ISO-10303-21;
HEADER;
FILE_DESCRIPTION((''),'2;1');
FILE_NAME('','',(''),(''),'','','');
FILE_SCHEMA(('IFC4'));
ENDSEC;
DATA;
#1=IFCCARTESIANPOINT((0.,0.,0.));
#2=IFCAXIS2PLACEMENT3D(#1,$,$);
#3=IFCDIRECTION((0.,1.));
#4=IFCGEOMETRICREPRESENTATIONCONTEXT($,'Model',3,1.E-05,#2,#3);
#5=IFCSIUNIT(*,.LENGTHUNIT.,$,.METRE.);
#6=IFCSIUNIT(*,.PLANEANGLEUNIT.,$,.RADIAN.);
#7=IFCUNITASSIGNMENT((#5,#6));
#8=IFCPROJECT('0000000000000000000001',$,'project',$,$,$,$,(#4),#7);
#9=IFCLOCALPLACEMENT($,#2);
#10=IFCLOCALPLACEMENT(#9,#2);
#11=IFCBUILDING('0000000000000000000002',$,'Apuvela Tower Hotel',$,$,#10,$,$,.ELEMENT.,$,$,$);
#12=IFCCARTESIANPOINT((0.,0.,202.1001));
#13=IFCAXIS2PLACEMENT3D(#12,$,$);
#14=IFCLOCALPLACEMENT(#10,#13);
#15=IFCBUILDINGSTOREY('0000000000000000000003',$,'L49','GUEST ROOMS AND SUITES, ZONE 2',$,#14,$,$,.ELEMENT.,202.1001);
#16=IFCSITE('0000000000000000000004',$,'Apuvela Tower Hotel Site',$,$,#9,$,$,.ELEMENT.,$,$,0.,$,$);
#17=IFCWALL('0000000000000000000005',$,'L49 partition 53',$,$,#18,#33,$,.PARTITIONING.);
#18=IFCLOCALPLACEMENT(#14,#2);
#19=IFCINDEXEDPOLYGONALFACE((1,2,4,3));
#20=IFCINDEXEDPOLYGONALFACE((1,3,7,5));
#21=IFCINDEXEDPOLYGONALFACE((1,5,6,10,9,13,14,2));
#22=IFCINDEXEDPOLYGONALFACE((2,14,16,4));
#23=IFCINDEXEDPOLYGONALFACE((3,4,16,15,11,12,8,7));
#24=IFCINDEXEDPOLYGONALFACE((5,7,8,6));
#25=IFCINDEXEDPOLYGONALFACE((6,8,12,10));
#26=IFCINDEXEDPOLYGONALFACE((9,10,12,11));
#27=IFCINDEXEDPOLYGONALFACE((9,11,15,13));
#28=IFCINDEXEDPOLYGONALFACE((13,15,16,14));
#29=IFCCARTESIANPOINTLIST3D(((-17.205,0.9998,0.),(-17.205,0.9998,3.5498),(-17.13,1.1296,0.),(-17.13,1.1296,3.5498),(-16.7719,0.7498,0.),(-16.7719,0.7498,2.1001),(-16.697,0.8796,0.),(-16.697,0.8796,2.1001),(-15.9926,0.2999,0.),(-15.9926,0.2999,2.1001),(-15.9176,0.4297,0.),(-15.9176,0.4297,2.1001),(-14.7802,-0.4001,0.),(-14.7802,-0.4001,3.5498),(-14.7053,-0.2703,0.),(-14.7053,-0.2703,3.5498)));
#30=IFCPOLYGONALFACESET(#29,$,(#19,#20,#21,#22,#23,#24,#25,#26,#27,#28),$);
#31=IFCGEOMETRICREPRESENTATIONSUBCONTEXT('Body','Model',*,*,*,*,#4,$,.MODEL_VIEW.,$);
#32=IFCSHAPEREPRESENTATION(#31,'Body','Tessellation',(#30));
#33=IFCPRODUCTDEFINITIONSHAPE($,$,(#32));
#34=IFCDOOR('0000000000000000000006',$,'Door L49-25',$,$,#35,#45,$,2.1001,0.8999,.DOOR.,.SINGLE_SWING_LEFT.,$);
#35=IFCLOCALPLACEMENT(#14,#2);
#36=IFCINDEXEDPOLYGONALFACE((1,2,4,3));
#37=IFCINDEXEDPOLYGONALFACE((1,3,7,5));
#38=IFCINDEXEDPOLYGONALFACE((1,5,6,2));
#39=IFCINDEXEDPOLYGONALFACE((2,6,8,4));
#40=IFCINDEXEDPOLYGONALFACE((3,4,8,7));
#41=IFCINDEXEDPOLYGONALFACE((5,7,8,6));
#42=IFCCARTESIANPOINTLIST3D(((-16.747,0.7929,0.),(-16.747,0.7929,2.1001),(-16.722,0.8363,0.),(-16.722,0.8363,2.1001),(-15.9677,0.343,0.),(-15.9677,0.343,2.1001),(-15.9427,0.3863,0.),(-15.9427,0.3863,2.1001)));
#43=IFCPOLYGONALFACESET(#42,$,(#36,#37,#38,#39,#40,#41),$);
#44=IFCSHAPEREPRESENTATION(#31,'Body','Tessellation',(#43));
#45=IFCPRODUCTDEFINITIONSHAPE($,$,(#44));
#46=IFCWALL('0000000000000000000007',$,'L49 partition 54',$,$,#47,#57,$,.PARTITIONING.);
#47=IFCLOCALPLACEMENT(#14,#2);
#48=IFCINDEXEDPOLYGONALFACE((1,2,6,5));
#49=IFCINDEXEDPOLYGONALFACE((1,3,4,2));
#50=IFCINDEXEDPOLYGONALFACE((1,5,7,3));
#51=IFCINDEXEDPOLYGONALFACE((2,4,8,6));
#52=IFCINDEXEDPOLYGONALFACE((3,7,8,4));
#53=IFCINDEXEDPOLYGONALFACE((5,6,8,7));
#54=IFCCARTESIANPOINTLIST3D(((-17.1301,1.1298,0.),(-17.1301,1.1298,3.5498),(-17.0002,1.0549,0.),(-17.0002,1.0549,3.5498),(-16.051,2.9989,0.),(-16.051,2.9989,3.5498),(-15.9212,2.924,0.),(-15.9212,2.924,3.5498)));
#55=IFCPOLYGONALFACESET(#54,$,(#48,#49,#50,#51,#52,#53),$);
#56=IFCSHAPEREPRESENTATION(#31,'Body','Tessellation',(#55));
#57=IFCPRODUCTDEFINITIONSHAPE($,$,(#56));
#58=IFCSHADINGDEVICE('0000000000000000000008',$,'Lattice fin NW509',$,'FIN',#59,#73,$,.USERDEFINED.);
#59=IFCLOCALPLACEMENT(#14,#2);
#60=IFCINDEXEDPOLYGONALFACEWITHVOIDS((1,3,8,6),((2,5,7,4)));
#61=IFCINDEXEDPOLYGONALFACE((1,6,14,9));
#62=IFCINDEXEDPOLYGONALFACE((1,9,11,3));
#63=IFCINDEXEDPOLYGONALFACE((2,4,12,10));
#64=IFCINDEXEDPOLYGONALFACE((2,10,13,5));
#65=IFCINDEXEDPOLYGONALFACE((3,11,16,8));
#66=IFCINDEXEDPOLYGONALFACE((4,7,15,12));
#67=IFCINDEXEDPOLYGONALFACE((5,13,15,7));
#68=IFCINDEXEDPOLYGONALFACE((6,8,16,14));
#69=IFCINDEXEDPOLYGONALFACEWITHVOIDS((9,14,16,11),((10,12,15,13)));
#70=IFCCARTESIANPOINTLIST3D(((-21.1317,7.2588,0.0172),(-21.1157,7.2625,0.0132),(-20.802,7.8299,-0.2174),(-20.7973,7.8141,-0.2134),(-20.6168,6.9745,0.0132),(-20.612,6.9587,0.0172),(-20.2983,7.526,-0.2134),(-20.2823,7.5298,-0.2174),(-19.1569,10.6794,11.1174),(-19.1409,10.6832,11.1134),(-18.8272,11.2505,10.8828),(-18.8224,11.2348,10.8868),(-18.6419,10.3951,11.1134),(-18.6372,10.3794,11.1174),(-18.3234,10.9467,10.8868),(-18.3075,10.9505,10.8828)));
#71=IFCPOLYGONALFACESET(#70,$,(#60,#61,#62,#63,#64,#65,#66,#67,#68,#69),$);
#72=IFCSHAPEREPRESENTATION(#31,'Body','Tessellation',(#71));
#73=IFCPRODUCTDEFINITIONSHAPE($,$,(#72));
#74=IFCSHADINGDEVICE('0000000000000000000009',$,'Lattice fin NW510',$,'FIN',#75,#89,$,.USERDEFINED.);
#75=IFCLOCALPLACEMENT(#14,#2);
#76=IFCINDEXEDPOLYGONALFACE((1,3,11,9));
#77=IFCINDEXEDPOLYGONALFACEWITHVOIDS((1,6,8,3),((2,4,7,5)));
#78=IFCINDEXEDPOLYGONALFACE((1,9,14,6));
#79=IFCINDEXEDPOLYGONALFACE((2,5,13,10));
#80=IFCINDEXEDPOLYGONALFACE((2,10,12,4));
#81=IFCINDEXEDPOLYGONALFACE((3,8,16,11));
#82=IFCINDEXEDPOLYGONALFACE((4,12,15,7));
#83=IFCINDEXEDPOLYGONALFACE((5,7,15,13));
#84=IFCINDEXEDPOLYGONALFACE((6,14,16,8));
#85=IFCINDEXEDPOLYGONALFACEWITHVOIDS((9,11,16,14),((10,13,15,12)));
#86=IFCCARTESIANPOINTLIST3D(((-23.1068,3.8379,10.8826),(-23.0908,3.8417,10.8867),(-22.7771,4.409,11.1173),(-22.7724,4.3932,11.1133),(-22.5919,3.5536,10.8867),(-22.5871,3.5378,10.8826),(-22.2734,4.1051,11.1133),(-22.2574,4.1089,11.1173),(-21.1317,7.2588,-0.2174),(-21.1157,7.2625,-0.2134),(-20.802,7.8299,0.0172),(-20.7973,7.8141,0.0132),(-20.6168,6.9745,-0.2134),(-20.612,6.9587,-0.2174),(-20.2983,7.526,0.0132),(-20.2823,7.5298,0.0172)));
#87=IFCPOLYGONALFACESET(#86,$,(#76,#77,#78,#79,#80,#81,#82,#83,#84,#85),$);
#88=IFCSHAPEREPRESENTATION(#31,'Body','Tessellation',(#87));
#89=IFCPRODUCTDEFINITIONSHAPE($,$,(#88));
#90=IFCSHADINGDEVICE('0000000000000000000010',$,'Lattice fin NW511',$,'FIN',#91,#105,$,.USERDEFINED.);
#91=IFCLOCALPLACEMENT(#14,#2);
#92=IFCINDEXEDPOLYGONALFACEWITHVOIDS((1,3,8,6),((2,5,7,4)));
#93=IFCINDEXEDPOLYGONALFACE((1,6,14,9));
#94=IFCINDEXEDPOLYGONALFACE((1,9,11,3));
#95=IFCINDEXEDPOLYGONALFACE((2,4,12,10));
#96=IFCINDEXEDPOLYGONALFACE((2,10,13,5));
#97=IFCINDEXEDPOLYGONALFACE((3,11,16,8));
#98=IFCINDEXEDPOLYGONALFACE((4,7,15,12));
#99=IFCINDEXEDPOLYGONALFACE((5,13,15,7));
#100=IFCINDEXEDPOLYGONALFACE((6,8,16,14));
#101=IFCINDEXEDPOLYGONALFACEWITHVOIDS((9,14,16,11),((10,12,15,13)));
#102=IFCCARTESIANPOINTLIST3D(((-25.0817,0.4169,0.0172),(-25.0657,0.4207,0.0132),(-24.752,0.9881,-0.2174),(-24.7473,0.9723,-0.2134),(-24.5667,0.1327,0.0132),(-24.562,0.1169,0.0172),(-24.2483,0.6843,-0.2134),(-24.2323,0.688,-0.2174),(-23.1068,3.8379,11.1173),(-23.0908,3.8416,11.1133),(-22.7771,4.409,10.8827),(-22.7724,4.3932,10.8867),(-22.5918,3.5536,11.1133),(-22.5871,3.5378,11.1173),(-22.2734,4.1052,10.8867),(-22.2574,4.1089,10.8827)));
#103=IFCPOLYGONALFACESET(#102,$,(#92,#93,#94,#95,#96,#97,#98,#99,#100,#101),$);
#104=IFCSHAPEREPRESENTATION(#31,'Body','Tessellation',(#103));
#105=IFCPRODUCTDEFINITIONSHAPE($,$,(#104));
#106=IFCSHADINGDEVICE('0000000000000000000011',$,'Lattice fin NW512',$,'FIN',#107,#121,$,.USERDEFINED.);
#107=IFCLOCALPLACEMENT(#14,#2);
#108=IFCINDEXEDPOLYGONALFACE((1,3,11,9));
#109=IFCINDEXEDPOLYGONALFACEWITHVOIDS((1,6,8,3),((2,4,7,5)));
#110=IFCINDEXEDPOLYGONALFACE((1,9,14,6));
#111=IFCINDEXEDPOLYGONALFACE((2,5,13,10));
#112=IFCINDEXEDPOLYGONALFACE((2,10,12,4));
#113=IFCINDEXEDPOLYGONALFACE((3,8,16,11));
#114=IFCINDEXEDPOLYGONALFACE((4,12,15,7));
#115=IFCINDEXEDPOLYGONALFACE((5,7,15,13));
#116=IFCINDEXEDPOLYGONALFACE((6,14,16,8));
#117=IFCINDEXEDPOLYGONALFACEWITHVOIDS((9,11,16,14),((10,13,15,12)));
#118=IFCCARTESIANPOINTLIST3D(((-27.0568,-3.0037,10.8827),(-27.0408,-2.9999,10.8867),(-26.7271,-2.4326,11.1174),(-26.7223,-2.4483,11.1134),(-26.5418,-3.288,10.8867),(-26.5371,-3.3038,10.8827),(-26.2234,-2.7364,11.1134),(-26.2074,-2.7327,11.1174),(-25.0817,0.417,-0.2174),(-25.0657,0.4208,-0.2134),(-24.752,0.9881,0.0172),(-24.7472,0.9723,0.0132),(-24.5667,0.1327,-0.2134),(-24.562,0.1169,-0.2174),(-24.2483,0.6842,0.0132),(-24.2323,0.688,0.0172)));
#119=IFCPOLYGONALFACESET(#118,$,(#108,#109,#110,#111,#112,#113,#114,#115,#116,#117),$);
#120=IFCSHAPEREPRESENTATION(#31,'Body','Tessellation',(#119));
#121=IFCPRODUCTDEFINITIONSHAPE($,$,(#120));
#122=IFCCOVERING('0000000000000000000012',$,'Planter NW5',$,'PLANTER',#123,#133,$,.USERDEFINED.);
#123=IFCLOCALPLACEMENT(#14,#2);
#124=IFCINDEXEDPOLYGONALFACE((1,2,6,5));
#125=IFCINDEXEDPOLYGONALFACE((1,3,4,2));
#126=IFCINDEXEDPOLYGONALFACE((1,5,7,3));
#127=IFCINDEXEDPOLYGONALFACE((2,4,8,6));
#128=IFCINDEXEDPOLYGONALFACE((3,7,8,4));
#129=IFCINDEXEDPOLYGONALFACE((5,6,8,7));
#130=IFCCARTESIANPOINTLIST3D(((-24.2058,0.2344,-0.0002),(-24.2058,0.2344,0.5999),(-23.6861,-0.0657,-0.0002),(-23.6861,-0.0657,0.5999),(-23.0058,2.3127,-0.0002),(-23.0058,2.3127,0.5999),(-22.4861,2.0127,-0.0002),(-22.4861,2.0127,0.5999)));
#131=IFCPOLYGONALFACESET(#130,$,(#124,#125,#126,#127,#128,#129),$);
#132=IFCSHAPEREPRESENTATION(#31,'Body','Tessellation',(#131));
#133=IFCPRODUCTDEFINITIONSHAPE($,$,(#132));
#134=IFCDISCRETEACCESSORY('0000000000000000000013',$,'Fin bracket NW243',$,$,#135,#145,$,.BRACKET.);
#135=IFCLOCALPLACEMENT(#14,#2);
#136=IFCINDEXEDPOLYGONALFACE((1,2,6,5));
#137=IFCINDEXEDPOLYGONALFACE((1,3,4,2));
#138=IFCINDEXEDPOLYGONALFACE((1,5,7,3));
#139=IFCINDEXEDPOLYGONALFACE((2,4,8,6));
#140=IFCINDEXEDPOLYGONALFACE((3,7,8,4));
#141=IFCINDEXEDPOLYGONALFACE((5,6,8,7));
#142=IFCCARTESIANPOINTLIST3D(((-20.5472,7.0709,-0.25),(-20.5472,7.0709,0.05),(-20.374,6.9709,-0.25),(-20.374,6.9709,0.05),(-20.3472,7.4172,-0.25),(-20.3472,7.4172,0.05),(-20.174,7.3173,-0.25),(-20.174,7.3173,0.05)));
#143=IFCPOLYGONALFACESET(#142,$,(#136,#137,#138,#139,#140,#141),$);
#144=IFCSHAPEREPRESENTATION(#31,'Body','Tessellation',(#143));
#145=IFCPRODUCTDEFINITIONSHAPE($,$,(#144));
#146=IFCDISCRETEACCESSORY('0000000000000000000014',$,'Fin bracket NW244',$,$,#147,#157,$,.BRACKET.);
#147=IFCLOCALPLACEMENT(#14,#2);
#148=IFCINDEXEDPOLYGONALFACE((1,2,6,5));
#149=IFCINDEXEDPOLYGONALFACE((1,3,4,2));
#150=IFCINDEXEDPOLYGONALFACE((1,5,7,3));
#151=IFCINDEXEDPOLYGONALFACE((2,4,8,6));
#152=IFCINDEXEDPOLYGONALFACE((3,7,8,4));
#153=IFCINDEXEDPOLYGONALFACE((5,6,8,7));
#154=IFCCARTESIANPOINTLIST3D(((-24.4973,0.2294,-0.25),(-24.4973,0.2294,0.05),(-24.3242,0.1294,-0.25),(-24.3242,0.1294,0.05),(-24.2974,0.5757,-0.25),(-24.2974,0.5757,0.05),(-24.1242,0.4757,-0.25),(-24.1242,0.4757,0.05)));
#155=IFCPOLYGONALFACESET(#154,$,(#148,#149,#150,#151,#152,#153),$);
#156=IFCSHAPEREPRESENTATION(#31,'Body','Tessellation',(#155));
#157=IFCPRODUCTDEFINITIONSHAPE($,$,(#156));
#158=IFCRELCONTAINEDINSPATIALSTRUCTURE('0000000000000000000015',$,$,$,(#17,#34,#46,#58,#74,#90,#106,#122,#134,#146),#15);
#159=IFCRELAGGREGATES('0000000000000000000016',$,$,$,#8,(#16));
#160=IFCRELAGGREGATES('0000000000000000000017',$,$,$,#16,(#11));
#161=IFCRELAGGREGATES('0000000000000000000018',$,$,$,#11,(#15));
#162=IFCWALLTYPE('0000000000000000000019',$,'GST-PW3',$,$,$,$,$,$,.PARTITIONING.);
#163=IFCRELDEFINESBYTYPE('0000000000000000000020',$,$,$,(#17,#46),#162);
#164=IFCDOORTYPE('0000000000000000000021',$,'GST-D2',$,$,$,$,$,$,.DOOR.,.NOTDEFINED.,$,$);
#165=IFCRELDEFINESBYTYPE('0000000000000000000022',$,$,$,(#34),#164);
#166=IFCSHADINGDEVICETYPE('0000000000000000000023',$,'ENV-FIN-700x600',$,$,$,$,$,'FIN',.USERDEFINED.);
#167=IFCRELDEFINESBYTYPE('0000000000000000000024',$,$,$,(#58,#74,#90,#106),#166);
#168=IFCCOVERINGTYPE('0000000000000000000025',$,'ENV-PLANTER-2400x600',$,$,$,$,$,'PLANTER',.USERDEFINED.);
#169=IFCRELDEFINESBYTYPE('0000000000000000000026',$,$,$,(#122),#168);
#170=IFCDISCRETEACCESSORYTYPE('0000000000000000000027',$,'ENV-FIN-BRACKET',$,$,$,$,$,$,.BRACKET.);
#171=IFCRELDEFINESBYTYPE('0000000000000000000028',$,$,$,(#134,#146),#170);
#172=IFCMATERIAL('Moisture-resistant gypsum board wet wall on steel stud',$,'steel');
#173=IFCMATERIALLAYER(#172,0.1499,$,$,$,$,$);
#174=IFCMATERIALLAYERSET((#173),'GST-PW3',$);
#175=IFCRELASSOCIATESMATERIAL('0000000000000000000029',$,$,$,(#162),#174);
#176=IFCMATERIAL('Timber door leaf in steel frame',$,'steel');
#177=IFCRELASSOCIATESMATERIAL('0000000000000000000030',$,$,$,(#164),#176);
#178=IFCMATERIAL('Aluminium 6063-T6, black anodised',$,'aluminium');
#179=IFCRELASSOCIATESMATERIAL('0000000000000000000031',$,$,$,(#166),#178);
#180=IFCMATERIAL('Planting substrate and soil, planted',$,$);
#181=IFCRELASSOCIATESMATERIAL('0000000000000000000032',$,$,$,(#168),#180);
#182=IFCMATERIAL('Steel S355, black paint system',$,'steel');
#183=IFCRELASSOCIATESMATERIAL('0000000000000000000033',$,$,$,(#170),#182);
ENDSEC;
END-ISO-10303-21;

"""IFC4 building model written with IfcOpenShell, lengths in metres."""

from ifc_helpers import new_model, si_unit, direction, frame, frame_2d, origin, origin_2d, place, context, subcontext, project, spatial, rectangle, hollow_rectangle, extrude, material, layer, layer_set, material_profile, profile_set, type_object, element, fill, save


model = new_model("IFC4")

# Units and contexts
model_context = context("Model", 3, precision=1e-05, world=origin(), true_north=direction((0.0, 1.0)))
body_context = subcontext(model_context, "Body", "Model", "MODEL_VIEW")
ifc_project = project(units=[si_unit("LENGTHUNIT", "METRE"), si_unit("PLANEANGLEUNIT", "RADIAN")], contexts=[model_context])

# Site, building, storey
site_placement = place(None, origin())
site = spatial("IfcSite", under=ifc_project, at=site_placement, Name="Apuvela Tower Hotel Site", CompositionType="ELEMENT", RefElevation=0.0)
building_placement = place(site_placement, origin())
building = spatial("IfcBuilding", under=site, at=building_placement, Name="Apuvela Tower Hotel", CompositionType="ELEMENT")
storey_placement = place(building_placement, frame((0.0, 0.0, 202.1001)))
storey = spatial("IfcBuildingStorey", under=building, at=storey_placement, Name="L49", Description="GUEST ROOMS AND SUITES, ZONE 2", CompositionType="ELEMENT", Elevation=202.1001)

# Wall, opening, door
ifc_material_1 = material(Name="Moisture-resistant gypsum board wet wall on steel stud", Category="steel")
ifc_layer_1 = layer(ifc_material_1, 0.1499)
ifc_layer_set_1 = layer_set([ifc_layer_1], Name="GST-PW3")
wall_type_1 = type_object("IfcWallType", Name="GST-PW3", PredefinedType="PARTITIONING", material=ifc_layer_set_1)
wall_1_placement = place(storey_placement, frame((-17.1675, 1.0647, 0.0), z_axis=(0.0, 0.0, 1.0), x_axis=(0.866035, -0.499984, 0.0)))
wall_1 = element("IfcWall", 1, at=wall_1_placement, inside=storey, type_object=wall_type_1, Name="L49 partition 53", PredefinedType="PARTITIONING", context=body_context, shape_type="SweptSolid", body=[
    extrude(rectangle(XDim=2.7998, YDim=0.1499, at=frame_2d((1.3999, 0.0))), origin(), (0.0, 0.0, 1.0), 3.5498),
])
opening_1_placement = place(wall_1_placement, frame((0.5, 0.0, 0.0)))
opening_1 = element("IfcOpeningElement", 2, at=opening_1_placement, cuts=wall_1, PredefinedType="OPENING", context=body_context, shape_type="SweptSolid", body=[
    extrude(rectangle(XDim=0.8999, YDim=2.1001, at=frame_2d((0.45, 1.05))), frame((0.0, 0.085, 0.0), z_axis=(0.0, -1.0, 0.0), x_axis=(1.0, 0.0, 0.0)), (0.0, 0.0, 1.0), 0.1699),
])
ifc_material_2 = material(Name="Timber door leaf in steel frame", Category="steel")
door_type_1 = type_object("IfcDoorType", Name="GST-D2", OperationType="NOTDEFINED", PredefinedType="DOOR", material=ifc_material_2)
door_1_placement = place(opening_1_placement, origin())
door_1 = element("IfcDoor", 3, at=door_1_placement, inside=storey, type_object=door_type_1, Name="Door L49-25", OperationType="SINGLE_SWING_LEFT", OverallHeight=2.1001, OverallWidth=0.8999, PredefinedType="DOOR", context=body_context, shape_type="SweptSolid", body=[
    extrude(rectangle(XDim=0.8999, YDim=2.1001, at=frame_2d((0.45, 1.05))), frame((0.0, 0.0249, 0.0), z_axis=(0.0, -1.0, 0.0), x_axis=(1.0, 0.0, 0.0)), (0.0, 0.0, 1.0), 0.05),
])
fill(opening_1, door_1)

# Wall
wall_2_placement = place(storey_placement, frame((-15.9861, 2.9614, 0.0), z_axis=(0.0, 0.0, 1.0), x_axis=(-0.499984, -0.866035, 0.0)))
element("IfcWall", 4, at=wall_2_placement, inside=storey, type_object=wall_type_1, Name="L49 partition 54", PredefinedType="PARTITIONING", context=body_context, shape_type="SweptSolid", body=[
    extrude(rectangle(XDim=2.1582, YDim=0.1499, at=frame_2d((1.0791, 0.0))), origin(), (0.0, 0.0, 1.0), 3.5498),
])

# Shading devices
ifc_material_3 = material(Name="Aluminium 6063-T6, black anodised", Category="aluminium")
ifc_material_profile_1 = material_profile(ifc_material_3, hollow_rectangle(XDim=0.6001, YDim=0.7, WallThickness=0.012, at=origin_2d()), Name="AL BOX 700x600x12")
ifc_profile_set_1 = profile_set([ifc_material_profile_1], Name="Aluminium 6063-T6, black anodised")
shading_device_type = type_object("IfcShadingDeviceType", Name="ENV-FIN-700x600", ElementType="FIN", PredefinedType="USERDEFINED", material=ifc_profile_set_1)
for number, where, z_axis, x_axis, name in (
    (5, (-20.707, 7.3943, -0.1001), (0.167618, 0.290331, 0.942132), (-0.866032, 0.499988, 0.0), "Lattice fin NW509"),
    (6, (-20.707, 7.3943, -0.1001), (-0.167637, -0.290349, 0.942123), (0.866021, -0.500008, 0.0), "Lattice fin NW510"),
    (7, (-24.657, 0.5525, -0.1001), (0.167617, 0.29035, 0.942126), (-0.866048, 0.499961, 0.0), "Lattice fin NW511"),
    (8, (-24.657, 0.5525, -0.1001), (-0.167638, -0.29033, 0.942128), (0.866005, -0.500035, 0.0), "Lattice fin NW512"),
):
    element("IfcShadingDevice", number, at=place(storey_placement, frame(where, z_axis=z_axis, x_axis=x_axis)), inside=storey, type_object=shading_device_type, Name=name, ObjectType="FIN", PredefinedType="USERDEFINED", context=body_context, shape_type="SweptSolid", body=[
        extrude(hollow_rectangle(XDim=0.6001, YDim=0.7, WallThickness=0.012, at=origin_2d()), origin(), (0.0, 0.0, 1.0), 11.782),
    ])

# Covering
ifc_material_4 = material(Name="Planting substrate and soil, planted")
covering_type = type_object("IfcCoveringType", Name="ENV-PLANTER-2400x600", ElementType="PLANTER", PredefinedType="USERDEFINED", material=ifc_material_4)
covering_placement = place(storey_placement, frame((-23.3459, 1.1235, -0.0002), z_axis=(0.0, 0.0, 1.0), x_axis=(-0.5, -0.866025, 0.0)))
element("IfcCovering", 9, at=covering_placement, inside=storey, type_object=covering_type, Name="Planter NW5", ObjectType="PLANTER", PredefinedType="USERDEFINED", context=body_context, shape_type="SweptSolid", body=[
    extrude(rectangle(XDim=2.3999, YDim=0.6001, at=origin_2d()), origin(), (0.0, 0.0, 1.0), 0.6001),
])

# Discrete accessories
ifc_material_5 = material(Name="Steel S355, black paint system", Category="steel")
discrete_accessory_type = type_object("IfcDiscreteAccessoryType", Name="ENV-FIN-BRACKET", PredefinedType="BRACKET", material=ifc_material_5)
for number, where, z_axis, x_axis, name in (
    (10, (-20.3606, 7.1941, -0.25), (0.0, 0.0, 1.0), (-0.5, -0.866025, 0.0), "Fin bracket NW243"),
    (11, (-24.3108, 0.3525, -0.25), (0.0, 0.0, 1.0), (-0.5, -0.866025, 0.0), "Fin bracket NW244"),
):
    element("IfcDiscreteAccessory", number, at=place(storey_placement, frame(where, z_axis=z_axis, x_axis=x_axis)), inside=storey, type_object=discrete_accessory_type, Name=name, PredefinedType="BRACKET", context=body_context, shape_type="SweptSolid", body=[
        extrude(rectangle(XDim=0.3999, YDim=0.2, at=origin_2d()), origin(), (0.0, 0.0, 1.0), 0.3),
    ])

save(model, "model.ifc")
